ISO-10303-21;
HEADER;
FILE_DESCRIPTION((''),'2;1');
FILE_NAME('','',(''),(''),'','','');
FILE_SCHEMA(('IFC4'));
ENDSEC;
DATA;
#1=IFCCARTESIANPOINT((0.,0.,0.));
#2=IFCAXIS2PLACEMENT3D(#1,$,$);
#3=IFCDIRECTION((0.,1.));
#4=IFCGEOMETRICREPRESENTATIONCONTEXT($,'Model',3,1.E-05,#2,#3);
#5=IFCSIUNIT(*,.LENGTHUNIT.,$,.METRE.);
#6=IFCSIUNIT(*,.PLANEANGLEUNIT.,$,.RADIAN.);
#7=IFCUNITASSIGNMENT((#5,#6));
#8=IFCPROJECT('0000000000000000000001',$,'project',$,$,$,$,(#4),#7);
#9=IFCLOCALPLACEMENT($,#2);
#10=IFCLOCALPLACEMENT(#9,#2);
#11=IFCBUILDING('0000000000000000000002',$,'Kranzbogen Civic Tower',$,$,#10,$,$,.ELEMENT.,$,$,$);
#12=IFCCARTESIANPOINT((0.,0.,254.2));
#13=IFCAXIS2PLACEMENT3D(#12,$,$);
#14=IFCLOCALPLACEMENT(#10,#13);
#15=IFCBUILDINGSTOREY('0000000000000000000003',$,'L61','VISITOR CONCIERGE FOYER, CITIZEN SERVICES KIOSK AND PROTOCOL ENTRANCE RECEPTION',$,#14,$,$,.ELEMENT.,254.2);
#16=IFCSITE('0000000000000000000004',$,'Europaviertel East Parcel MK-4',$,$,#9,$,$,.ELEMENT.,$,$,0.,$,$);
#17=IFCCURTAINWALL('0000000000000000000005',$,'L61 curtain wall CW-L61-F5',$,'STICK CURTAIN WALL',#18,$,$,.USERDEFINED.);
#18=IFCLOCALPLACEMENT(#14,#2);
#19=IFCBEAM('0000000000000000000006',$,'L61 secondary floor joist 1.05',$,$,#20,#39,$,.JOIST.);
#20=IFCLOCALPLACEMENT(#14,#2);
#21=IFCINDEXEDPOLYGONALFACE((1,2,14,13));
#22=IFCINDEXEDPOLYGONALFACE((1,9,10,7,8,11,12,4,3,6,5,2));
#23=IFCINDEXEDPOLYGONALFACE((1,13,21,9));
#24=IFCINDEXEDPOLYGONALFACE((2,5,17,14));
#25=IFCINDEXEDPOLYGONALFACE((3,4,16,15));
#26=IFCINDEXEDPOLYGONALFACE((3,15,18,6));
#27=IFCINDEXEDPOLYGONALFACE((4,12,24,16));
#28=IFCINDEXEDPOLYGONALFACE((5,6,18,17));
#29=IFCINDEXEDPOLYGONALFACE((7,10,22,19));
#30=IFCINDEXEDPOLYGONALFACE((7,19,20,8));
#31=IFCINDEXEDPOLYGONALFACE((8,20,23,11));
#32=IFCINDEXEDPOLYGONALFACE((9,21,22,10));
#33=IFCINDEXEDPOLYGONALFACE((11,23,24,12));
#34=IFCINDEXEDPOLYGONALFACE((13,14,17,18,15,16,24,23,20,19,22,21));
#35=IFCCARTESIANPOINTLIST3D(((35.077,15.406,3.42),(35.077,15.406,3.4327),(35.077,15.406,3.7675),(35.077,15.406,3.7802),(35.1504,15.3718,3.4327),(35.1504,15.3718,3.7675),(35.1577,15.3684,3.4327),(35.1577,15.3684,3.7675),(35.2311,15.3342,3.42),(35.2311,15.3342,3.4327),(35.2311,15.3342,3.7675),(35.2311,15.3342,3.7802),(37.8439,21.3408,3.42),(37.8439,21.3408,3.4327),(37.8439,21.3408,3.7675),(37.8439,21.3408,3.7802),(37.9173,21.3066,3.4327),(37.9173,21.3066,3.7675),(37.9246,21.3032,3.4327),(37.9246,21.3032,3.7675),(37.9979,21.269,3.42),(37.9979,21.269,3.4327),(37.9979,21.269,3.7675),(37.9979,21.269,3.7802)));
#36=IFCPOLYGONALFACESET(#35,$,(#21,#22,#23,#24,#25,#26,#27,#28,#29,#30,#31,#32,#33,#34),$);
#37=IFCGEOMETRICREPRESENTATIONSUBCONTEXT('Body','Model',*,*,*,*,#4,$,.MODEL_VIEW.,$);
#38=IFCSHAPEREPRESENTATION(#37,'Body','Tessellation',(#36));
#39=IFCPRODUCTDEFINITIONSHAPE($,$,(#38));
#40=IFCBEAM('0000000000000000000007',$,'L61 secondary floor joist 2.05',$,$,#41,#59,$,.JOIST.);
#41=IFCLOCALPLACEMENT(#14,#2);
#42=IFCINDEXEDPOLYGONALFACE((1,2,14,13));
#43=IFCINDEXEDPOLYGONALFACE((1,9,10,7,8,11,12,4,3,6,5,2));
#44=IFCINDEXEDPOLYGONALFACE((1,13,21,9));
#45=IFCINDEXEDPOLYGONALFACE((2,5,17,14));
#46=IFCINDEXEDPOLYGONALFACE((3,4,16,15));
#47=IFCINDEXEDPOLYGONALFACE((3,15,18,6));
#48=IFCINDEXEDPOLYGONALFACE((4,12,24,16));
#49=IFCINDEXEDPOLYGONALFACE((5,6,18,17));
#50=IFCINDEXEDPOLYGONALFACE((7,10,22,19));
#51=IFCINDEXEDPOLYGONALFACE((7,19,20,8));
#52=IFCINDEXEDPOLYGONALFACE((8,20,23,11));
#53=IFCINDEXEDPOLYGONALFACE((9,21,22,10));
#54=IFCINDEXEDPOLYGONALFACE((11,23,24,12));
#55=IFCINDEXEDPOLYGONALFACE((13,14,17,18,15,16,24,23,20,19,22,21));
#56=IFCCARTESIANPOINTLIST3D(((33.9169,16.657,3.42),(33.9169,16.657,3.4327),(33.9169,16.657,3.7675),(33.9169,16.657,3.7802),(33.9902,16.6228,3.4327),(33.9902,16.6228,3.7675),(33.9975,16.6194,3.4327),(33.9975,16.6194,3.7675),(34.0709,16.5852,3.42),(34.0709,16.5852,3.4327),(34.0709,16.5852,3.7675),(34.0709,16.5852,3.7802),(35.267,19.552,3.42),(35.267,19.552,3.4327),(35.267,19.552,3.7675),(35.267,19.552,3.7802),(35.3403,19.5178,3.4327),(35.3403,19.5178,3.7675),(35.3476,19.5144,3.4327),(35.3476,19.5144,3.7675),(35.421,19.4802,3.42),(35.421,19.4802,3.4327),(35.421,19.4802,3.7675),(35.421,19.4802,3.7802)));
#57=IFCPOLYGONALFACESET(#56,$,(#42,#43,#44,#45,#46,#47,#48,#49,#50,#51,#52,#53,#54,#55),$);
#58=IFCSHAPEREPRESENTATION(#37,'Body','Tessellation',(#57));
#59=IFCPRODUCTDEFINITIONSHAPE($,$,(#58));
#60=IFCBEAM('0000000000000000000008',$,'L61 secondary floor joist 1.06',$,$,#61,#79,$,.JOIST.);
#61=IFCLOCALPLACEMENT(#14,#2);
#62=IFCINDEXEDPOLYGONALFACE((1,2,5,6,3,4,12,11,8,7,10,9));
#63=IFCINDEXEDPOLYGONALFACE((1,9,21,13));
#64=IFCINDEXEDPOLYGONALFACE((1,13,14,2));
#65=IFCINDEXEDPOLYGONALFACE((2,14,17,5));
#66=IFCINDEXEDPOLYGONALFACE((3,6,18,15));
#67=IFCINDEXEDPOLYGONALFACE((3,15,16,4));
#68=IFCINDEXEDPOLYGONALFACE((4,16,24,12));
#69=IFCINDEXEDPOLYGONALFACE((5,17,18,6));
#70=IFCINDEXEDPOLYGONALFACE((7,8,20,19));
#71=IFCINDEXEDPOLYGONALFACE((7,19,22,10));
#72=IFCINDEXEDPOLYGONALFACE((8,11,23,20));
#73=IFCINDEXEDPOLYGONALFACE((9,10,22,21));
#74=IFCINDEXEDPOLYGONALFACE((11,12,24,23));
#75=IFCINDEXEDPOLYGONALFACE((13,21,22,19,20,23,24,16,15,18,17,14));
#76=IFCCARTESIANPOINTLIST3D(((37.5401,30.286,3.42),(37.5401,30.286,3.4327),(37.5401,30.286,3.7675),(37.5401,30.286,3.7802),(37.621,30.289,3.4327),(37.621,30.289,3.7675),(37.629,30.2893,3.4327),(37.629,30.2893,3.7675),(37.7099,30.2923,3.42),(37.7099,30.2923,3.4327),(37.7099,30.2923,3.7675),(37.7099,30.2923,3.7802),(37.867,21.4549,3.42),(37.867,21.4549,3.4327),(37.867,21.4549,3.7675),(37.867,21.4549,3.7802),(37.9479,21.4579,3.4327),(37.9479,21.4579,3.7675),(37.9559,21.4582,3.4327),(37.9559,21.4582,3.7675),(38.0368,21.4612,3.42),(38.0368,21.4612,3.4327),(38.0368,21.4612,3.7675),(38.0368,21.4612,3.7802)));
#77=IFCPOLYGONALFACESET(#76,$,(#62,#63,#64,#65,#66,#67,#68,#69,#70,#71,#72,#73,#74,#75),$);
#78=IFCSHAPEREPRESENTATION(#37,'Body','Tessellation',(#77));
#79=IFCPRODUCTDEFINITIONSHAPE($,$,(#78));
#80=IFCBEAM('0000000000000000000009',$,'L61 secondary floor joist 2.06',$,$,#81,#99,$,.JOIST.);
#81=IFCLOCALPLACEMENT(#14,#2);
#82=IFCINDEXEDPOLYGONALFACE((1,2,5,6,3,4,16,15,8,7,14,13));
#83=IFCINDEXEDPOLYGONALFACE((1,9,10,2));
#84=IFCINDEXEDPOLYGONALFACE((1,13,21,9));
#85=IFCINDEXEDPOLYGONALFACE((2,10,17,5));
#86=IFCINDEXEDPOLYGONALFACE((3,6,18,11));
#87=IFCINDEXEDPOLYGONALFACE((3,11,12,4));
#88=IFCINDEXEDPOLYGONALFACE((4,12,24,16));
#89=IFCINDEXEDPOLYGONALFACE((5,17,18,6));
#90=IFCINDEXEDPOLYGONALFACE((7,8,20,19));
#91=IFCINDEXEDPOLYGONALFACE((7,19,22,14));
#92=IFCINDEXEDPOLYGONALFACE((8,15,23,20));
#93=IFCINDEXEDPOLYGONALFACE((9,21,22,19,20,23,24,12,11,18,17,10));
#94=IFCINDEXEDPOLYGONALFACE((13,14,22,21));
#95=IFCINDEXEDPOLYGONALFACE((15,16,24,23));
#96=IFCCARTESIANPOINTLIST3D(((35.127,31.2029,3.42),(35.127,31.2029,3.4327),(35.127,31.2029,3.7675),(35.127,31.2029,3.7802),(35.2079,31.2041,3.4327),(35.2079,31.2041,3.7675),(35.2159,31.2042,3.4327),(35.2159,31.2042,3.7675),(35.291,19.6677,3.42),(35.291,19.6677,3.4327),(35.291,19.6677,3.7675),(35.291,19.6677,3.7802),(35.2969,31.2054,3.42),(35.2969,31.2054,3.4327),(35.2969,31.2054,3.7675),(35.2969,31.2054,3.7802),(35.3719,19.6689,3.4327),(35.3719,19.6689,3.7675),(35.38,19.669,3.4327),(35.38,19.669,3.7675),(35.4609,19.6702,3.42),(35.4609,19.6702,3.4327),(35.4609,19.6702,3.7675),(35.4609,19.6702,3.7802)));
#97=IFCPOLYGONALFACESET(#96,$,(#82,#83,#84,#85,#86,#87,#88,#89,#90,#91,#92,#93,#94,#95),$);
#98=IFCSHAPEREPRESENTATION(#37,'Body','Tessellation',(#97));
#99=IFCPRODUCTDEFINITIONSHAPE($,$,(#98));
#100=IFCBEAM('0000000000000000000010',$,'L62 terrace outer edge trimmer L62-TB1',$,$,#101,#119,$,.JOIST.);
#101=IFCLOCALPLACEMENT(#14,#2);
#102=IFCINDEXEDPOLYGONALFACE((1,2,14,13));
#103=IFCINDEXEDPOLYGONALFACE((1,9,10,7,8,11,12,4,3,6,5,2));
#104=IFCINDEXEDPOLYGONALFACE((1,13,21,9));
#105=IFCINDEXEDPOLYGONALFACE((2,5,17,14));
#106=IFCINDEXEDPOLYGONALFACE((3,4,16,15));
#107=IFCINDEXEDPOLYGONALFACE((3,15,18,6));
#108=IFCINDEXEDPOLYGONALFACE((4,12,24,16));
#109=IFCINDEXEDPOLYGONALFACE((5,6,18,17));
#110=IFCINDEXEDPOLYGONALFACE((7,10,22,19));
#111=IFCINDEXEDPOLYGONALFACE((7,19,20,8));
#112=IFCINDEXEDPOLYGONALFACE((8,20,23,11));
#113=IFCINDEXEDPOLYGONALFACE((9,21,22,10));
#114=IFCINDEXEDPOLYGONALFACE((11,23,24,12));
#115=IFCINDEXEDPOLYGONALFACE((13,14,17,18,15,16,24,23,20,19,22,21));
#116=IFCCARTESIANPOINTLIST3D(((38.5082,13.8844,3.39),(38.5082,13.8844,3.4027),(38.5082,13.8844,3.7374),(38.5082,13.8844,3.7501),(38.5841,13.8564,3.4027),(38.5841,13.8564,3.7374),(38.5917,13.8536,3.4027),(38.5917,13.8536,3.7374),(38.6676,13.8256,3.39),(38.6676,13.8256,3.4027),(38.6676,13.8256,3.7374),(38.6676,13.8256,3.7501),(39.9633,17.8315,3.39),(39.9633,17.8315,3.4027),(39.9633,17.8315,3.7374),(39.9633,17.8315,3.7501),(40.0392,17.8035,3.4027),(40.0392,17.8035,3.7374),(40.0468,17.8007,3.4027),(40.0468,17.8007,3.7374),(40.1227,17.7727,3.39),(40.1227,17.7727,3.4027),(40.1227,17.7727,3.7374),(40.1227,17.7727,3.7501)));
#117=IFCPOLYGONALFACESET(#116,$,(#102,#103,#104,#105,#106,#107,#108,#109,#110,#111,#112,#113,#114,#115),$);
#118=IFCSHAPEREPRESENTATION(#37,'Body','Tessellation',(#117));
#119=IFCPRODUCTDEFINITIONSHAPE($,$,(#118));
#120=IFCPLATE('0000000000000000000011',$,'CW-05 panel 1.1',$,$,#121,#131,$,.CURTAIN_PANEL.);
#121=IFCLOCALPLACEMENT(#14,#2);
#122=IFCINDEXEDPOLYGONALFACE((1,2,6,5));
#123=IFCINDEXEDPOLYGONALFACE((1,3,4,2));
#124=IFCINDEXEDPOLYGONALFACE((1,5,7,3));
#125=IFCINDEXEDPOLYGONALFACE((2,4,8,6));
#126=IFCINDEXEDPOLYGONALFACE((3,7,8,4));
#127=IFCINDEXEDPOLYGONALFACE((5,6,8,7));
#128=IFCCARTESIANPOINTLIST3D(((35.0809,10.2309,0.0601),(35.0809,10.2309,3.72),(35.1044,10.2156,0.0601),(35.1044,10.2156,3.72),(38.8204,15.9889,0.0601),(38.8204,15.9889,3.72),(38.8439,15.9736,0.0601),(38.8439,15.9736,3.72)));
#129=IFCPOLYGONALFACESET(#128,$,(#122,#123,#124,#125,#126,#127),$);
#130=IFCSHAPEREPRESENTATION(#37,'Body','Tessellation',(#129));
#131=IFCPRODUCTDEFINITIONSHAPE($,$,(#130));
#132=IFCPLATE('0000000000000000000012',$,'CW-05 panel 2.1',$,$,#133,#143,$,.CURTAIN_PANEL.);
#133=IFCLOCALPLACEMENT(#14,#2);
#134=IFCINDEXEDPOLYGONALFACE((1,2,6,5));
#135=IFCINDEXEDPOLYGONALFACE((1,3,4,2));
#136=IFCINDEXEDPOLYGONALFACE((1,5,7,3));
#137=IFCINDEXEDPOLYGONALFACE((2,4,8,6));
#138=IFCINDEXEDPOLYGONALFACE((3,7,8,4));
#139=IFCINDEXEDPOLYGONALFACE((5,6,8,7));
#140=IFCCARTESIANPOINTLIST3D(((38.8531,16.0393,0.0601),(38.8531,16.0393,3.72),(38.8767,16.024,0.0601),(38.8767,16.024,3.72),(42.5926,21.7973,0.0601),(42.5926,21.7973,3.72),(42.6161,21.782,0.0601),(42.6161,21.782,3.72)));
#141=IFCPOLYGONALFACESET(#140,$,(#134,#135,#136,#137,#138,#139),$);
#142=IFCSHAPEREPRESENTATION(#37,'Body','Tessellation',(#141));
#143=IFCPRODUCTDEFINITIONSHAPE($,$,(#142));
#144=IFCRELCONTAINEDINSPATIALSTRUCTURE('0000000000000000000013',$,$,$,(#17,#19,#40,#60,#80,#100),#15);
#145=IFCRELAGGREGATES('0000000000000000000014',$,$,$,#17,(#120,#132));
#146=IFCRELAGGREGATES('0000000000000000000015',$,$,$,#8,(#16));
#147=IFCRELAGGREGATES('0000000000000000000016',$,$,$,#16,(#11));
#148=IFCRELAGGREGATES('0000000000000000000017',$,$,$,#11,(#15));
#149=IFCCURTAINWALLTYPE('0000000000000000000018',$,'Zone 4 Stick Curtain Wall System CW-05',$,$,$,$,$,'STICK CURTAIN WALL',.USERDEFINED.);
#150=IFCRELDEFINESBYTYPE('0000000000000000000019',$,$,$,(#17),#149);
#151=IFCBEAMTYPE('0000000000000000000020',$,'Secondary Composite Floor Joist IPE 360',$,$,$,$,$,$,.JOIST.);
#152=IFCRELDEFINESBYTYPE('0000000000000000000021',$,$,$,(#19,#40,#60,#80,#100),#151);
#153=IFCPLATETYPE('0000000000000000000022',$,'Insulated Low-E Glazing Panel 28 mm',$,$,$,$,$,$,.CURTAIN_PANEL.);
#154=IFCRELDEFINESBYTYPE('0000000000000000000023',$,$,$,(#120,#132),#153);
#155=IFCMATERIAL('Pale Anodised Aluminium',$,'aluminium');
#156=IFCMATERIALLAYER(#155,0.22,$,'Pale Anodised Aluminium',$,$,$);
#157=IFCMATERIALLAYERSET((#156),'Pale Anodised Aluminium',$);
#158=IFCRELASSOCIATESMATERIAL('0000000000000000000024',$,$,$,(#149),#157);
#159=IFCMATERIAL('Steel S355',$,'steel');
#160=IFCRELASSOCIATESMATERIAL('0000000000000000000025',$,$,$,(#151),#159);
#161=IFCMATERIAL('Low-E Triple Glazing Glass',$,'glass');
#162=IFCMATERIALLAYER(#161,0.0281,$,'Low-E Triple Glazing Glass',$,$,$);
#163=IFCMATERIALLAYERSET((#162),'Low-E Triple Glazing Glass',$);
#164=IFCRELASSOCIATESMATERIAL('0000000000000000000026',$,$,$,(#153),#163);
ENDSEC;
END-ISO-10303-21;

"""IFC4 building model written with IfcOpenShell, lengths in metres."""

from ifc_helpers import new_model, si_unit, direction, frame, origin, origin_2d, place, context, subcontext, project, spatial, rectangle, i_section, extrude, material, layer, layer_set, material_profile, profile_set, type_object, element, aggregate, save


model = new_model("IFC4")

# Units and contexts
model_context = context("Model", 3, precision=1e-05, world=origin(), true_north=direction((0.0, 1.0)))
body_context = subcontext(model_context, "Body", "Model", "MODEL_VIEW")
ifc_project = project(units=[si_unit("LENGTHUNIT", "METRE"), si_unit("PLANEANGLEUNIT", "RADIAN")], contexts=[model_context])

# Site, building, storey
site_placement = place(None, origin())
site = spatial("IfcSite", under=ifc_project, at=site_placement, Name="Europaviertel East Parcel MK-4", CompositionType="ELEMENT", RefElevation=0.0)
building_placement = place(site_placement, origin())
building = spatial("IfcBuilding", under=site, at=building_placement, Name="Kranzbogen Civic Tower", CompositionType="ELEMENT")
storey_placement = place(building_placement, frame((0.0, 0.0, 254.2)))
storey = spatial("IfcBuildingStorey", under=building, at=storey_placement, Name="L61", Description="VISITOR CONCIERGE FOYER, CITIZEN SERVICES KIOSK AND PROTOCOL ENTRANCE RECEPTION", CompositionType="ELEMENT", Elevation=254.2)

# Shared definitions
ifc_material_1 = material(Name="Steel S355", Category="steel")

# Curtain wall
ifc_material_2 = material(Name="Pale Anodised Aluminium", Category="aluminium")
ifc_layer_1 = layer(ifc_material_2, 0.22, Name="Pale Anodised Aluminium")
ifc_layer_set_1 = layer_set([ifc_layer_1], Name="Pale Anodised Aluminium")
curtain_wall_type = type_object("IfcCurtainWallType", Name="Zone 4 Stick Curtain Wall System CW-05", ElementType="STICK CURTAIN WALL", PredefinedType="USERDEFINED", material=ifc_layer_set_1)
curtain_wall_placement = place(storey_placement, origin())
curtain_wall = element("IfcCurtainWall", 1, at=curtain_wall_placement, inside=storey, type_object=curtain_wall_type, Name="L61 curtain wall CW-L61-F5", ObjectType="STICK CURTAIN WALL", PredefinedType="USERDEFINED")

# Beams
ifc_material_profile_1 = material_profile(ifc_material_1, i_section(OverallWidth=0.1699, OverallDepth=0.3601, WebThickness=0.0081, FlangeThickness=0.0127, at=origin_2d()), Name="IPE 360")
ifc_profile_set_1 = profile_set([ifc_material_profile_1], Name="Steel S355")
beam_type_1 = type_object("IfcBeamType", Name="Secondary Composite Floor Joist IPE 360", PredefinedType="JOIST", material=ifc_profile_set_1)
beam_1_placement = place(storey_placement, frame((35.1541, 15.3701, 3.6001), z_axis=(0.422543, 0.906343, 0.0), x_axis=(-0.906343, 0.422543, 0.0)))
element("IfcBeam", 2, at=beam_1_placement, inside=storey, type_object=beam_type_1, Name="L61 secondary floor joist 1.05", PredefinedType="JOIST", context=body_context, shape_type="SweptSolid", body=[
    extrude(i_section(OverallWidth=0.1699, OverallDepth=0.3601, WebThickness=0.0081, FlangeThickness=0.0127, at=origin_2d()), origin(), (0.0, 0.0, 1.0), 6.5481),
])
beam_2_placement = place(storey_placement, frame((33.9939, 16.6211, 3.6001), z_axis=(0.422651, 0.906292, 0.0), x_axis=(-0.906292, 0.422651, 0.0)))
element("IfcBeam", 3, at=beam_2_placement, inside=storey, type_object=beam_type_1, Name="L61 secondary floor joist 2.05", PredefinedType="JOIST", context=body_context, shape_type="SweptSolid", body=[
    extrude(i_section(OverallWidth=0.1699, OverallDepth=0.3601, WebThickness=0.0081, FlangeThickness=0.0127, at=origin_2d()), origin(), (0.0, 0.0, 1.0), 3.1943),
])
beam_3_placement = place(storey_placement, frame((37.9519, 21.458, 3.6001), z_axis=(-0.036992, 0.999316, 0.0), x_axis=(-0.999316, -0.036992, 0.0)))
element("IfcBeam", 4, at=beam_3_placement, inside=storey, type_object=beam_type_1, Name="L61 secondary floor joist 1.06", PredefinedType="JOIST", context=body_context, shape_type="SweptSolid", body=[
    extrude(i_section(OverallWidth=0.1699, OverallDepth=0.3601, WebThickness=0.0081, FlangeThickness=0.0127, at=origin_2d()), origin(), (0.0, 0.0, 1.0), 8.8372),
])
beam_4_placement = place(storey_placement, frame((35.376, 19.6689, 3.6001), z_axis=(-0.014221, 0.999899, 0.0), x_axis=(-0.999899, -0.014221, 0.0)))
element("IfcBeam", 5, at=beam_4_placement, inside=storey, type_object=beam_type_1, Name="L61 secondary floor joist 2.06", PredefinedType="JOIST", context=body_context, shape_type="SweptSolid", body=[
    extrude(i_section(OverallWidth=0.1699, OverallDepth=0.3601, WebThickness=0.0081, FlangeThickness=0.0127, at=origin_2d()), origin(), (0.0, 0.0, 1.0), 11.5364),
])
beam_5_placement = place(storey_placement, frame((38.5879, 13.855, 3.5701), z_axis=(0.345896, 0.938273, 0.0), x_axis=(-0.938273, 0.345896, 0.0)))
element("IfcBeam", 6, at=beam_5_placement, inside=storey, type_object=beam_type_1, Name="L62 terrace outer edge trimmer L62-TB1", PredefinedType="JOIST", context=body_context, shape_type="SweptSolid", body=[
    extrude(i_section(OverallWidth=0.1699, OverallDepth=0.3601, WebThickness=0.0081, FlangeThickness=0.0127, at=origin_2d()), origin(), (0.0, 0.0, 1.0), 4.2068),
])

# Plates
ifc_material_3 = material(Name="Low-E Triple Glazing Glass", Category="glass")
ifc_layer_2 = layer(ifc_material_3, 0.0281, Name="Low-E Triple Glazing Glass")
ifc_layer_set_2 = layer_set([ifc_layer_2], Name="Low-E Triple Glazing Glass")
plate_type = type_object("IfcPlateType", Name="Insulated Low-E Glazing Panel 28 mm", PredefinedType="CURTAIN_PANEL", material=ifc_layer_set_2)
plate_1_placement = place(storey_placement, frame((36.9624, 13.1023, 0.0601), z_axis=(0.0, 0.0, 1.0), x_axis=(0.544657, 0.838659, 0.0)))
plate_1 = element("IfcPlate", 7, at=plate_1_placement, type_object=plate_type, Name="CW-05 panel 1.1", PredefinedType="CURTAIN_PANEL", context=body_context, shape_type="SweptSolid", body=[
    extrude(rectangle(XDim=6.8657, YDim=0.0281, at=origin_2d()), origin(), (0.0, 0.0, 1.0), 3.6599),
])
plate_2_placement = place(storey_placement, frame((40.7346, 18.9106, 0.0601), z_axis=(0.0, 0.0, 1.0), x_axis=(0.544657, 0.838659, 0.0)))
plate_2 = element("IfcPlate", 8, at=plate_2_placement, type_object=plate_type, Name="CW-05 panel 2.1", PredefinedType="CURTAIN_PANEL", context=body_context, shape_type="SweptSolid", body=[
    extrude(rectangle(XDim=6.8657, YDim=0.0281, at=origin_2d()), origin(), (0.0, 0.0, 1.0), 3.6599),
])
aggregate(curtain_wall, [plate_1, plate_2])

save(model, "model.ifc")
